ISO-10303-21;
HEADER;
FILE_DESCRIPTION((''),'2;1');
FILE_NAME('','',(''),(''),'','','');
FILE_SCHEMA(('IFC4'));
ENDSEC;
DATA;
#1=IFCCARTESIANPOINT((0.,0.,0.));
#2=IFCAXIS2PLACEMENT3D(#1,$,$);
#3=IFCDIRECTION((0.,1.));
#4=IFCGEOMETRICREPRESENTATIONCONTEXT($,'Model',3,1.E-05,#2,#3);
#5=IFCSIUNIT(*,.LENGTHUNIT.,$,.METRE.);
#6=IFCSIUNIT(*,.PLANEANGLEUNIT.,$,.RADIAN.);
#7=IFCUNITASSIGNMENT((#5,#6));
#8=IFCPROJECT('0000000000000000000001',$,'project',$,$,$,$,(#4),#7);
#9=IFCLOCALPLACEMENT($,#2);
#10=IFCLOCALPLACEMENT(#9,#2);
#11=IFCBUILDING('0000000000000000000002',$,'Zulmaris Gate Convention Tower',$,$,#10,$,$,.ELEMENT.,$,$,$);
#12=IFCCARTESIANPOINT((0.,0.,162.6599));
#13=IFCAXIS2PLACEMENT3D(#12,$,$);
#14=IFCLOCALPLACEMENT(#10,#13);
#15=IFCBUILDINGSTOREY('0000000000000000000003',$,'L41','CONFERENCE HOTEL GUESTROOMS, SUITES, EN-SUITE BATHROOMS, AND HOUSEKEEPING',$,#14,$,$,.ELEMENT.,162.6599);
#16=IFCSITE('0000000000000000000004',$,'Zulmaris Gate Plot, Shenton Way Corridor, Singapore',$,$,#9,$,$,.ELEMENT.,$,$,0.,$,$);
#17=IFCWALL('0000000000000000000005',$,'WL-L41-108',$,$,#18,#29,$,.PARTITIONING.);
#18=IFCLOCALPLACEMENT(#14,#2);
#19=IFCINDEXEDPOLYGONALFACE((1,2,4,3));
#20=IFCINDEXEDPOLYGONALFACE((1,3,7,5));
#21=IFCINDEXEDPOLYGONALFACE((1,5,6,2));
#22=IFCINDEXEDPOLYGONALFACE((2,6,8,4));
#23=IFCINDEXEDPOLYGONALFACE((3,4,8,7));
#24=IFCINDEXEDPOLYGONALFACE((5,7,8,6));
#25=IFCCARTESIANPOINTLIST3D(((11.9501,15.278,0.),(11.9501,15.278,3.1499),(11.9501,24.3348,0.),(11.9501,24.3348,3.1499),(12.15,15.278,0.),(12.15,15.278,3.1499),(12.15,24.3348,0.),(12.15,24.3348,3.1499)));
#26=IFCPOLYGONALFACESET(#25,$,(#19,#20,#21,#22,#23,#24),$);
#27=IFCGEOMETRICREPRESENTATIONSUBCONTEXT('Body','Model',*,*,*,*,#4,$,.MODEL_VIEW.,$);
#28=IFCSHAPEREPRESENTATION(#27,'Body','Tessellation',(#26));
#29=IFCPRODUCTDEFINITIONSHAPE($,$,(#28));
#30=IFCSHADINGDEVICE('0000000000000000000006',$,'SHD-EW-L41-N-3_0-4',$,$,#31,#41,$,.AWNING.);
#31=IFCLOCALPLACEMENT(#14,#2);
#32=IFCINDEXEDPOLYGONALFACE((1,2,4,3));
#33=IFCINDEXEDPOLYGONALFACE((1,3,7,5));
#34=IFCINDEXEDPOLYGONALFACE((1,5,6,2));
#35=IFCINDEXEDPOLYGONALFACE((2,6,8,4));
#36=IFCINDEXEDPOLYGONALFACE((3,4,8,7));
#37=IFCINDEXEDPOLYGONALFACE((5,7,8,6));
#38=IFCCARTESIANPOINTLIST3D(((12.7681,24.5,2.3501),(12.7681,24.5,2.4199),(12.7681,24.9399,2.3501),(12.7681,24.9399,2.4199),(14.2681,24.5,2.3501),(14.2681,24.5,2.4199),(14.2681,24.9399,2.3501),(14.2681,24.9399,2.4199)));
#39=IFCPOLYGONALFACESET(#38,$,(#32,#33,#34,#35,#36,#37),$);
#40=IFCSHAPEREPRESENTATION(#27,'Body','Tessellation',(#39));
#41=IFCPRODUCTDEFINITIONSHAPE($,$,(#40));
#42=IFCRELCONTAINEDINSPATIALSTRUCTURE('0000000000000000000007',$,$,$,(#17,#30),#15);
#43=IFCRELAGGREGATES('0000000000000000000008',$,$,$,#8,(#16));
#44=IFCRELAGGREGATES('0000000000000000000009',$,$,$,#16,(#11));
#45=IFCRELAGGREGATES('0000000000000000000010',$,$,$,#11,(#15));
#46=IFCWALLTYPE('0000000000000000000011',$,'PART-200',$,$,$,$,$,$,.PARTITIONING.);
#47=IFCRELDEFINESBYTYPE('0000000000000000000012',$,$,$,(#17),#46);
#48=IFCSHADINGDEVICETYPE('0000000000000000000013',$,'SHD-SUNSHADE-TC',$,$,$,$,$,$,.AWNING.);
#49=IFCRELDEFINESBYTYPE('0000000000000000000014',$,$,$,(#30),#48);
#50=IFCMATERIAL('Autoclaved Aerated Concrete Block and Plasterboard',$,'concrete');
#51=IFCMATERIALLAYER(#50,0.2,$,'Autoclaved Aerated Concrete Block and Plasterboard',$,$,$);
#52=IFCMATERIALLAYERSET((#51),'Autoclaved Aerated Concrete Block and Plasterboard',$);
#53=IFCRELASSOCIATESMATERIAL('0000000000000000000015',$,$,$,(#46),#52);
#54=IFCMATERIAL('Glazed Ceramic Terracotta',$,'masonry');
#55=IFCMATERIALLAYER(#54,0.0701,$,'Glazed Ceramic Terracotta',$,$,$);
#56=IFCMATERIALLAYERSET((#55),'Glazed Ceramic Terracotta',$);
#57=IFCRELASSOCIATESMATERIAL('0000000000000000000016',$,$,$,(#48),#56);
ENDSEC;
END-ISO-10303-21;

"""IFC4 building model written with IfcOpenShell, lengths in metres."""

from ifc_helpers import new_model, si_unit, direction, frame, frame_2d, origin, place, context, subcontext, project, spatial, rectangle, extrude, material, layer, layer_set, type_object, element, save


model = new_model("IFC4")

# Units and contexts
model_context = context("Model", 3, precision=1e-05, world=origin(), true_north=direction((0.0, 1.0)))
body_context = subcontext(model_context, "Body", "Model", "MODEL_VIEW")
ifc_project = project(units=[si_unit("LENGTHUNIT", "METRE"), si_unit("PLANEANGLEUNIT", "RADIAN")], contexts=[model_context])

# Site, building, storey
site_placement = place(None, origin())
site = spatial("IfcSite", under=ifc_project, at=site_placement, Name="Zulmaris Gate Plot, Shenton Way Corridor, Singapore", CompositionType="ELEMENT", RefElevation=0.0)
building_placement = place(site_placement, origin())
building = spatial("IfcBuilding", under=site, at=building_placement, Name="Zulmaris Gate Convention Tower", CompositionType="ELEMENT")
storey_placement = place(building_placement, frame((0.0, 0.0, 162.6599)))
storey = spatial("IfcBuildingStorey", under=building, at=storey_placement, Name="L41", Description="CONFERENCE HOTEL GUESTROOMS, SUITES, EN-SUITE BATHROOMS, AND HOUSEKEEPING", CompositionType="ELEMENT", Elevation=162.6599)

# Wall
ifc_material_1 = material(Name="Autoclaved Aerated Concrete Block and Plasterboard", Category="concrete")
ifc_layer_1 = layer(ifc_material_1, 0.2, Name="Autoclaved Aerated Concrete Block and Plasterboard")
ifc_layer_set_1 = layer_set([ifc_layer_1], Name="Autoclaved Aerated Concrete Block and Plasterboard")
wall_type_1 = type_object("IfcWallType", Name="PART-200", PredefinedType="PARTITIONING", material=ifc_layer_set_1)
wall_1_placement = place(storey_placement, frame((12.05, 15.2781, 0.0), z_axis=(0.0, 0.0, 1.0), x_axis=(0.0, 1.0, 0.0)))
element("IfcWall", 1, at=wall_1_placement, inside=storey, type_object=wall_type_1, Name="WL-L41-108", PredefinedType="PARTITIONING", context=body_context, shape_type="SweptSolid", body=[
    extrude(rectangle(XDim=9.0569, YDim=0.2, at=frame_2d((4.5283, 0.0))), origin(), (0.0, 0.0, 1.0), 3.1499),
])

# Shading device
ifc_material_2 = material(Name="Glazed Ceramic Terracotta", Category="masonry")
ifc_layer_2 = layer(ifc_material_2, 0.0701, Name="Glazed Ceramic Terracotta")
ifc_layer_set_2 = layer_set([ifc_layer_2], Name="Glazed Ceramic Terracotta")
shading_device_type = type_object("IfcShadingDeviceType", Name="SHD-SUNSHADE-TC", PredefinedType="AWNING", material=ifc_layer_set_2)
shading_device_placement = place(storey_placement, frame((14.2681, 24.72, 2.3501), z_axis=(0.0, 0.0, 1.0), x_axis=(-1.0, 0.0, 0.0)))
element("IfcShadingDevice", 2, at=shading_device_placement, inside=storey, type_object=shading_device_type, Name="SHD-EW-L41-N-3_0-4", PredefinedType="AWNING", context=body_context, shape_type="SweptSolid", body=[
    extrude(rectangle(XDim=1.5, YDim=0.4399, at=frame_2d((0.75, 0.0))), origin(), (0.0, 0.0, 1.0), 0.0698),
])

save(model, "model.ifc")
